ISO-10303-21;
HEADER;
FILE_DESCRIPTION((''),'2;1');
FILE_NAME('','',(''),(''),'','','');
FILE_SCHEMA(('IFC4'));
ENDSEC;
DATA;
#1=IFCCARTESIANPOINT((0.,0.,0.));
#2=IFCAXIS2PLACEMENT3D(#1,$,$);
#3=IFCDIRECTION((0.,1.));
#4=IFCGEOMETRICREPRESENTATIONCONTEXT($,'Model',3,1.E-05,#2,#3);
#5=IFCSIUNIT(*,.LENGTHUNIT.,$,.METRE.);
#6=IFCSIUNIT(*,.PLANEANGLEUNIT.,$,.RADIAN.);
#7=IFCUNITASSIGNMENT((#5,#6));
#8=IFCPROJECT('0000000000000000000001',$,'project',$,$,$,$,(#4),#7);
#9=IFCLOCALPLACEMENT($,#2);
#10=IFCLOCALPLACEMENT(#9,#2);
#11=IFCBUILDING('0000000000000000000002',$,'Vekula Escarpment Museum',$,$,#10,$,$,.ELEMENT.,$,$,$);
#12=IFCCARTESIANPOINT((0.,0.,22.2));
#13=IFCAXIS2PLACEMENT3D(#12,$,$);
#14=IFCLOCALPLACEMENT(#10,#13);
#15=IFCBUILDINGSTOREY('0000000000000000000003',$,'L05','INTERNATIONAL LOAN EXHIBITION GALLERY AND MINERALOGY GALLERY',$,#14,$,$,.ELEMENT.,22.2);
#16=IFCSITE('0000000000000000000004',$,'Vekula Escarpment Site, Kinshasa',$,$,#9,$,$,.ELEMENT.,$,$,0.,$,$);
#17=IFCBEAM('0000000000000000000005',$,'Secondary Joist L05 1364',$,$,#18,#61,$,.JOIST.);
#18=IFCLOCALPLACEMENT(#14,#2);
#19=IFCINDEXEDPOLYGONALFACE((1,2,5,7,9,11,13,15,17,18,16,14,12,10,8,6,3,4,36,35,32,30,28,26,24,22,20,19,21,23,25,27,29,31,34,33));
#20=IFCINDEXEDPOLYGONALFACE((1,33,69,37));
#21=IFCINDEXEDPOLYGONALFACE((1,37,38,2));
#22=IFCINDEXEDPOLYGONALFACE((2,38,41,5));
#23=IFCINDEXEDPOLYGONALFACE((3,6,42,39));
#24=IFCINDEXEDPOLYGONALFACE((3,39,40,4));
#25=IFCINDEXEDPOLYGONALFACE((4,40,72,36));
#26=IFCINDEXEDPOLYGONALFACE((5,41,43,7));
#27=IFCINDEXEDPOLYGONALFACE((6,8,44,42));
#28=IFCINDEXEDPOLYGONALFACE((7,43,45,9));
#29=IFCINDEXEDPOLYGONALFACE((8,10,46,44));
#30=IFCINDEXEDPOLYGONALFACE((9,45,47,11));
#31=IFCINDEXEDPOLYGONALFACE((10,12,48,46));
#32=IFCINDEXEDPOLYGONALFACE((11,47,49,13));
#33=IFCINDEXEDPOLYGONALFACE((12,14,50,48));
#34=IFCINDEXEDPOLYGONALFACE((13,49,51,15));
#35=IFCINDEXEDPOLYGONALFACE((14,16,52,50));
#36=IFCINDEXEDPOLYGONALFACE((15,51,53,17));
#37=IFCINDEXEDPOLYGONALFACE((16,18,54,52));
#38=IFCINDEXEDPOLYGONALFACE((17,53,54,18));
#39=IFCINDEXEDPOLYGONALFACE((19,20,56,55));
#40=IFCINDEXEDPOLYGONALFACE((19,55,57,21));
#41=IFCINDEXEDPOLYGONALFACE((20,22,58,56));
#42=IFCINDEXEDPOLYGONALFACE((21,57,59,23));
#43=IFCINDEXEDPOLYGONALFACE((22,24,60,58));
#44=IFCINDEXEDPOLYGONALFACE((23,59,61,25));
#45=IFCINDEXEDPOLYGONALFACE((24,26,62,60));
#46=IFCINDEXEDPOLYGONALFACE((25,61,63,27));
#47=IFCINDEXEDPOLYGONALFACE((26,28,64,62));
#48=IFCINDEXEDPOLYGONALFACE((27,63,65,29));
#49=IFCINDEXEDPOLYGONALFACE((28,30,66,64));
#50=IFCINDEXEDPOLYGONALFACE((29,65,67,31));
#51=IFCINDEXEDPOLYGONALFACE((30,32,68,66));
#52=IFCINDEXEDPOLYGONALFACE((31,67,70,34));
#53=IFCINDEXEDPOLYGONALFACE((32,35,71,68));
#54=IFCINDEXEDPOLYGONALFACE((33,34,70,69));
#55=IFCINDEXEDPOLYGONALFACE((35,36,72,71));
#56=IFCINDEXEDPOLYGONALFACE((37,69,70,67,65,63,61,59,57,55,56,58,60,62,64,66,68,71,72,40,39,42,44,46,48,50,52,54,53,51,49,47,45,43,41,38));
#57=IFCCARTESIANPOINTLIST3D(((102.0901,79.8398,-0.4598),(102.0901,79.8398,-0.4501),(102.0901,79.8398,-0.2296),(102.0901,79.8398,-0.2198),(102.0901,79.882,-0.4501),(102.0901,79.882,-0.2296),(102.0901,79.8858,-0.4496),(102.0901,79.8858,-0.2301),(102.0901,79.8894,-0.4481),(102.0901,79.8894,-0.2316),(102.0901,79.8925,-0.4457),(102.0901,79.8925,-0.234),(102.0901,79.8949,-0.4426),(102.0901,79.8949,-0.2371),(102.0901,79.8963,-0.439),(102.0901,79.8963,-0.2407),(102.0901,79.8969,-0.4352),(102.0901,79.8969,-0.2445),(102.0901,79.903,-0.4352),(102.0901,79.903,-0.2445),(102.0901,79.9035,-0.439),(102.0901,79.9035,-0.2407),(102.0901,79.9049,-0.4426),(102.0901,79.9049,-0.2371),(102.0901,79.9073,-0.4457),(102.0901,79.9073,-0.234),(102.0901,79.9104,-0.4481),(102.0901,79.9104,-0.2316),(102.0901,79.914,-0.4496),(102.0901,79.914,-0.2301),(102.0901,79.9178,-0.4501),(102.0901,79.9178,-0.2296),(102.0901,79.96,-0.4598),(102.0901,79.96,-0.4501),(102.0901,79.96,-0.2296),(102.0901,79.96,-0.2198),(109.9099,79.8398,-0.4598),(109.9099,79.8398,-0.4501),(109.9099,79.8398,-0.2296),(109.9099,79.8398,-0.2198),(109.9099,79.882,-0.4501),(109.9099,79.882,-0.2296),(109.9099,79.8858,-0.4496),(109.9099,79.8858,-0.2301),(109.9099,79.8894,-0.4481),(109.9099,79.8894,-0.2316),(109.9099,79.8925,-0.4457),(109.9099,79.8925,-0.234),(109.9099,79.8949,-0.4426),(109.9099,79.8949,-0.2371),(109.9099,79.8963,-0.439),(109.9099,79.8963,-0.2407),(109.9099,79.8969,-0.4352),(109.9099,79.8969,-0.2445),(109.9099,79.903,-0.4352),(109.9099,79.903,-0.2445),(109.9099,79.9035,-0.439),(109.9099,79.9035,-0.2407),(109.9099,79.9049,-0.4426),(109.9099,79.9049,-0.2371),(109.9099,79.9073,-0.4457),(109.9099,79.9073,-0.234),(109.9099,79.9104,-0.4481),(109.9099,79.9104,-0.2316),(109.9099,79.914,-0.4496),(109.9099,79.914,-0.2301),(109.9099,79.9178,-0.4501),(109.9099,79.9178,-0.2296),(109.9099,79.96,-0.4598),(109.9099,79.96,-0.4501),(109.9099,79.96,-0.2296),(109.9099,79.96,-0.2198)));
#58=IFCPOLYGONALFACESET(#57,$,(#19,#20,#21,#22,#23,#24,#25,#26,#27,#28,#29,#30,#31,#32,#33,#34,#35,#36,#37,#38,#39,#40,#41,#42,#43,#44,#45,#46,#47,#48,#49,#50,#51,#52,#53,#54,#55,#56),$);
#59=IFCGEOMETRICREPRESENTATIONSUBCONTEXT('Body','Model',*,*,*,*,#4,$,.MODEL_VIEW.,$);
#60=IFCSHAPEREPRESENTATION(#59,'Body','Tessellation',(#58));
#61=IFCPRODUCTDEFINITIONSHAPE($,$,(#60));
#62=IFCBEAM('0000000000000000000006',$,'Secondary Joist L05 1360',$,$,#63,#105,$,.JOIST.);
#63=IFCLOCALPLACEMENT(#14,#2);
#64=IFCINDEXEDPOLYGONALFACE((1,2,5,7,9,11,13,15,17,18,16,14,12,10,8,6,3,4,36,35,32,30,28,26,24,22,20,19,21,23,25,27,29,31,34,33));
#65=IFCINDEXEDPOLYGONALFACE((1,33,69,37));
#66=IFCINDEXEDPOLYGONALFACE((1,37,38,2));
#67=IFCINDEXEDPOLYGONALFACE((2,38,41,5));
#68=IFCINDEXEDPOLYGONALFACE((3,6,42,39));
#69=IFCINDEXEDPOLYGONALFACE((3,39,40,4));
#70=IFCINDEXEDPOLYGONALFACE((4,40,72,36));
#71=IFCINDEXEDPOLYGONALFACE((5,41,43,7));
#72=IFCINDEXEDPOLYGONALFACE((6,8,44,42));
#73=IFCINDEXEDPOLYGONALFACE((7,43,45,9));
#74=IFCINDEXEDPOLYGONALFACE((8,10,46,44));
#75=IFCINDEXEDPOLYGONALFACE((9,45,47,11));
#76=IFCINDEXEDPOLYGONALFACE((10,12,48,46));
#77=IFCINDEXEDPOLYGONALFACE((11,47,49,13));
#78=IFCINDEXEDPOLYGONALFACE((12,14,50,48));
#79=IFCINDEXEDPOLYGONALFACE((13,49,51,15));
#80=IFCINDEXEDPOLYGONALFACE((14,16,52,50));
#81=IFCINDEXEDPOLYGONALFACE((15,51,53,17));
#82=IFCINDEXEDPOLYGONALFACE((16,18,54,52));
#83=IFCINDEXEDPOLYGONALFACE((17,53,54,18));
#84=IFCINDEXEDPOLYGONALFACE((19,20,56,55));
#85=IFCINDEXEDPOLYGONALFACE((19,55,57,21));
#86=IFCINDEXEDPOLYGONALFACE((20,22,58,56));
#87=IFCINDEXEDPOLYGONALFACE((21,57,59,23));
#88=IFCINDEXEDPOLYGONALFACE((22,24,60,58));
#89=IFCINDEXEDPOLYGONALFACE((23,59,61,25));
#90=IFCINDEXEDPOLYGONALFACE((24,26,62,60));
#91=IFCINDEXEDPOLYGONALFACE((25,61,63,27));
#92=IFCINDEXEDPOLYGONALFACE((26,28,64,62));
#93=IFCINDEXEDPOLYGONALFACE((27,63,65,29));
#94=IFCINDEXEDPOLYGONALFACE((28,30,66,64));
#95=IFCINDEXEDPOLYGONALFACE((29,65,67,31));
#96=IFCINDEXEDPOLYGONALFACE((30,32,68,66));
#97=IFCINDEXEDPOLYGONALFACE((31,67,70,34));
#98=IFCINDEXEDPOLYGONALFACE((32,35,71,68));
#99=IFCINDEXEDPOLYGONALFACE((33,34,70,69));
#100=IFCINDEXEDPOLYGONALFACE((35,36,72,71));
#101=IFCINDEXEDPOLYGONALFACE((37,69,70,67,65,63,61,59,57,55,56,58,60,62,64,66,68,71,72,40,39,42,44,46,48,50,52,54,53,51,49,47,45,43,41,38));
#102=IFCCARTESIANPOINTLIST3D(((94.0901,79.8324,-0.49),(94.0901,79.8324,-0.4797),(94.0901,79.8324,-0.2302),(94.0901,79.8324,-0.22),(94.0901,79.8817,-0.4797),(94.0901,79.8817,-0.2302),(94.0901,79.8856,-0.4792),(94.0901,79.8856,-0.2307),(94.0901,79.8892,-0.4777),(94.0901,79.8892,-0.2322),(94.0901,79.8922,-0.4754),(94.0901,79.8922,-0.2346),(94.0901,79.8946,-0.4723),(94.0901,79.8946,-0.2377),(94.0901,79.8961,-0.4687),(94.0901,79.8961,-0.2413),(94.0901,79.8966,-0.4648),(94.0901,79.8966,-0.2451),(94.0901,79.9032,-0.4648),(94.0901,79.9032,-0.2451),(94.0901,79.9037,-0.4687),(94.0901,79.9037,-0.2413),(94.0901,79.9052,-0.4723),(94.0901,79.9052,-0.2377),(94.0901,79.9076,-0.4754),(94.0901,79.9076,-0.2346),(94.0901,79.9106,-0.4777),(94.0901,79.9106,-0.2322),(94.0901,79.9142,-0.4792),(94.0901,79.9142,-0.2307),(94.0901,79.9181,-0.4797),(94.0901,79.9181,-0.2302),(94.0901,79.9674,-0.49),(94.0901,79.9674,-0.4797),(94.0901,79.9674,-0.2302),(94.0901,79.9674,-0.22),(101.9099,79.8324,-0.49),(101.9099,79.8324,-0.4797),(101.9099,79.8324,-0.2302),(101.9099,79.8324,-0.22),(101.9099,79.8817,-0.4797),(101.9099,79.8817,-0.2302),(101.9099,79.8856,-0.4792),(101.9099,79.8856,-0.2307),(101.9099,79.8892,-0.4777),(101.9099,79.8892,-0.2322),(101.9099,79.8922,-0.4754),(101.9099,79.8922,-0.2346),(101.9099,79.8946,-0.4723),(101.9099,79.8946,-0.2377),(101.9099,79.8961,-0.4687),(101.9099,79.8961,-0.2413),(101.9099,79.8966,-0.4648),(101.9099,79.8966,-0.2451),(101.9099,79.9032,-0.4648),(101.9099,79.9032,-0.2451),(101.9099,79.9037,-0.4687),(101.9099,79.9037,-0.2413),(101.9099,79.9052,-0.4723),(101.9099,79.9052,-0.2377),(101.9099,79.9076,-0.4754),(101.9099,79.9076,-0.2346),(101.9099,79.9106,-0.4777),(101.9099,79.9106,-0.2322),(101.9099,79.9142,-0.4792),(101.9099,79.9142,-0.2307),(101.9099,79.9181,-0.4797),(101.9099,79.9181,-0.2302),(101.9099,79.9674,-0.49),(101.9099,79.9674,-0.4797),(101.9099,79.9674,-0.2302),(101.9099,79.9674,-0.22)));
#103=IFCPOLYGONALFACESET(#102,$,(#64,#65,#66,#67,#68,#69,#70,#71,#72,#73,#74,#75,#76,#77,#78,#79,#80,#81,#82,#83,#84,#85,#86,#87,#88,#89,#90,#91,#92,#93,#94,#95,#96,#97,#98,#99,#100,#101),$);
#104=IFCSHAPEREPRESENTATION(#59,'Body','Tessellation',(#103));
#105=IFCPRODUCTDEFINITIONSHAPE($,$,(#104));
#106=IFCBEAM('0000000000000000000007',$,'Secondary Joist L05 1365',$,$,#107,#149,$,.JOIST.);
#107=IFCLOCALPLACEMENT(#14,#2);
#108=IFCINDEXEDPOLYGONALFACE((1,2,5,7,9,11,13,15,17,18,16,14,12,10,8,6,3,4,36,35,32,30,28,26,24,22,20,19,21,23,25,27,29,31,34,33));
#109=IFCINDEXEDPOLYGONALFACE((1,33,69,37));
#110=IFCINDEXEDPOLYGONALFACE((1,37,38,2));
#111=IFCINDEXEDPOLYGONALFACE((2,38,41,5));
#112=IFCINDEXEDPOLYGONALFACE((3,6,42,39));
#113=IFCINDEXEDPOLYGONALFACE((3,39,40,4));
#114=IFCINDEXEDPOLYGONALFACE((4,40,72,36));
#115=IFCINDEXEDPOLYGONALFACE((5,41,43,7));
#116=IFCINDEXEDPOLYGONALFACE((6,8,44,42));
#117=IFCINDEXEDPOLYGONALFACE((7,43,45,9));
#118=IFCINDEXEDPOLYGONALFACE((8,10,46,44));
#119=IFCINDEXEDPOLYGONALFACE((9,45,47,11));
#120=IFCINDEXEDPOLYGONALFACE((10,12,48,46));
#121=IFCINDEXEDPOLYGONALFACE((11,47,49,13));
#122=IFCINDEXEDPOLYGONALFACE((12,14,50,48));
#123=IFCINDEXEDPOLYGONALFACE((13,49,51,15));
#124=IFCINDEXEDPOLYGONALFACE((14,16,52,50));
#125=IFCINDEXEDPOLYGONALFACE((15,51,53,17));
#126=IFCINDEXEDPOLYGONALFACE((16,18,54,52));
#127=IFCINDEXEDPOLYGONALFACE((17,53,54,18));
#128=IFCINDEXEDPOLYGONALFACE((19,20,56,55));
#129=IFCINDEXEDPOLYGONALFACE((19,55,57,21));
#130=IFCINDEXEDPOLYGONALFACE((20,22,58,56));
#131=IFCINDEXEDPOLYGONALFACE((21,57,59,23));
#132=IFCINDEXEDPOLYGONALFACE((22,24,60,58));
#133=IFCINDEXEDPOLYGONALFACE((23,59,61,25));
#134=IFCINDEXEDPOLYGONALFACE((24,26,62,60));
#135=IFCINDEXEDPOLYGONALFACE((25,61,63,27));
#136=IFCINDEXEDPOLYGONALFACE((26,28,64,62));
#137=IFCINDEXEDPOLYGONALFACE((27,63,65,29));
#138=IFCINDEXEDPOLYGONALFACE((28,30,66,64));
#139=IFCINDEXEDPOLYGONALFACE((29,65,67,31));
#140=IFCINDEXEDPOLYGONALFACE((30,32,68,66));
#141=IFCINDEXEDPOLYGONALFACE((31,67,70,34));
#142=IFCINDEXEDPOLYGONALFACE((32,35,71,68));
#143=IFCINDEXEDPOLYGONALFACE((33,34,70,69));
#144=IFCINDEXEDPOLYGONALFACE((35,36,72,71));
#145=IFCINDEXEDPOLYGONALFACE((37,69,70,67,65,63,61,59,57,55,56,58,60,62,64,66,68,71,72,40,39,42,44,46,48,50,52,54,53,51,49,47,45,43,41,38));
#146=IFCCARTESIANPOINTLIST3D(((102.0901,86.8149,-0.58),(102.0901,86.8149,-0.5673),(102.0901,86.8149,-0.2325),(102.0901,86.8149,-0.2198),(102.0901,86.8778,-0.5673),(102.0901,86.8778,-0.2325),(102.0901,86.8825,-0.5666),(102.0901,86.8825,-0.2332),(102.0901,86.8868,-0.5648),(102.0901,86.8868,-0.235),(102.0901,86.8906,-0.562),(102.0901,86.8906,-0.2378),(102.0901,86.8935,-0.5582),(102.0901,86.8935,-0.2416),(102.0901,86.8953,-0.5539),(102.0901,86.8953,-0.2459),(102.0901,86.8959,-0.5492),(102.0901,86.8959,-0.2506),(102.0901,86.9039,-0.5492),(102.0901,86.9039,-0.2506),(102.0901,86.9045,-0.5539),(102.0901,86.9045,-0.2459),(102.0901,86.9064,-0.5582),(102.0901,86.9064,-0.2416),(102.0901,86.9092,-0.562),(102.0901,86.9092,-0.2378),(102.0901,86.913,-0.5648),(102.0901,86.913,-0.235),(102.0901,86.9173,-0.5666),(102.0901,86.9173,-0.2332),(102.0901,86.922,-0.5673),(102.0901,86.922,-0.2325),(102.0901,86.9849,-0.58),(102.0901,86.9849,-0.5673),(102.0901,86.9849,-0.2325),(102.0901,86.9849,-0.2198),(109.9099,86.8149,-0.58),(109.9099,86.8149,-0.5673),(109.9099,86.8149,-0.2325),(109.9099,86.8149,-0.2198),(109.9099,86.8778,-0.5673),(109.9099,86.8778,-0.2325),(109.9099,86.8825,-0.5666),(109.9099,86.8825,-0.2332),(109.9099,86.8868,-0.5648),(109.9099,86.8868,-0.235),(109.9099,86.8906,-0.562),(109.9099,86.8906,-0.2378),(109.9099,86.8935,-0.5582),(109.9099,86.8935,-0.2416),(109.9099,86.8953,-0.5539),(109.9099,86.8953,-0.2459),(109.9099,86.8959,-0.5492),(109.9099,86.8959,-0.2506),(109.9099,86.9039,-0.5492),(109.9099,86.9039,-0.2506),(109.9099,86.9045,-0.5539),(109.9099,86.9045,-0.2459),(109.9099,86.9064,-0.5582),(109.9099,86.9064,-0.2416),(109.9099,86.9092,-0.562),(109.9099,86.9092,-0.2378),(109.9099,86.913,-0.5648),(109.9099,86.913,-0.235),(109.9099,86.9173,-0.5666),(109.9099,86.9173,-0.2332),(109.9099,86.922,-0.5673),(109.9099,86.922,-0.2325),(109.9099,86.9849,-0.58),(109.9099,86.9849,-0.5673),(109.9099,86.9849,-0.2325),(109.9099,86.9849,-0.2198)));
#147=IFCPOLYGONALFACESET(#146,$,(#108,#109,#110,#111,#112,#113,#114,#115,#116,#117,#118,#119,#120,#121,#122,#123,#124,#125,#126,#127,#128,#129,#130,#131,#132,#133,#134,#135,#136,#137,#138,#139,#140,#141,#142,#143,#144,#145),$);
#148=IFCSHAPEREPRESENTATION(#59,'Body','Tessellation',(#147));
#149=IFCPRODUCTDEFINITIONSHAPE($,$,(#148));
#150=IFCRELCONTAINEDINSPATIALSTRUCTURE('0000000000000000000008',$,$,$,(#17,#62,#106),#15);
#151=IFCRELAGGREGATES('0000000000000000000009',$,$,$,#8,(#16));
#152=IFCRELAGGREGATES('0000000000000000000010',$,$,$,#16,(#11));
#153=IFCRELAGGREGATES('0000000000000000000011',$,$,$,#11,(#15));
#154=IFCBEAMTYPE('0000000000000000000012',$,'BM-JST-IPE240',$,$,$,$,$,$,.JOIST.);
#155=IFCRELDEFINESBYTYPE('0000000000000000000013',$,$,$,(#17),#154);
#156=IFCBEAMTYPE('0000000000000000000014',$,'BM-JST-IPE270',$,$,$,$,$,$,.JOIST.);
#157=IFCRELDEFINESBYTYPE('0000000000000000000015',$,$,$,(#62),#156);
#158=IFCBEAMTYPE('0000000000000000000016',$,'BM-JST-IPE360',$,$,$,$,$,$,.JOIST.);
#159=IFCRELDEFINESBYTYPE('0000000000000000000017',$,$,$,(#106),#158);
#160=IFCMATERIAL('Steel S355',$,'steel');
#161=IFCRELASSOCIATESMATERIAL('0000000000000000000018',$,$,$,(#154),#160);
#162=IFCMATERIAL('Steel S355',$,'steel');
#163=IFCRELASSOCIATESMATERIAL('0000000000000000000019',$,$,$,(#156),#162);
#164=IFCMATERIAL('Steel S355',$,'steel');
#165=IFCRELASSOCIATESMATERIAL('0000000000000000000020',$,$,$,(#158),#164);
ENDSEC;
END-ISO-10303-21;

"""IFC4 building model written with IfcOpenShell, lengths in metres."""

from ifc_helpers import new_model, si_unit, direction, frame, origin, origin_2d, place, context, subcontext, project, spatial, i_section, extrude, material, material_profile, profile_set, type_object, element, save


model = new_model("IFC4")

# Units and contexts
model_context = context("Model", 3, precision=1e-05, world=origin(), true_north=direction((0.0, 1.0)))
body_context = subcontext(model_context, "Body", "Model", "MODEL_VIEW")
ifc_project = project(units=[si_unit("LENGTHUNIT", "METRE"), si_unit("PLANEANGLEUNIT", "RADIAN")], contexts=[model_context])

# Site, building, storey
site_placement = place(None, origin())
site = spatial("IfcSite", under=ifc_project, at=site_placement, Name="Vekula Escarpment Site, Kinshasa", CompositionType="ELEMENT", RefElevation=0.0)
building_placement = place(site_placement, origin())
building = spatial("IfcBuilding", under=site, at=building_placement, Name="Vekula Escarpment Museum", CompositionType="ELEMENT")
storey_placement = place(building_placement, frame((0.0, 0.0, 22.2)))
storey = spatial("IfcBuildingStorey", under=building, at=storey_placement, Name="L05", Description="INTERNATIONAL LOAN EXHIBITION GALLERY AND MINERALOGY GALLERY", CompositionType="ELEMENT", Elevation=22.2)

# Beams
ifc_material_1 = material(Name="Steel S355", Category="steel")
ifc_material_profile_1 = material_profile(ifc_material_1, i_section(OverallWidth=0.1201, OverallDepth=0.24, WebThickness=0.0061, FlangeThickness=0.0098, FilletRadius=0.0149, at=origin_2d()), Name="IPE 240")
ifc_profile_set_1 = profile_set([ifc_material_profile_1], Name="Steel S355")
beam_type_1 = type_object("IfcBeamType", Name="BM-JST-IPE240", PredefinedType="JOIST", material=ifc_profile_set_1)
for number, where, z_axis, x_axis, name in (
    (1, (102.0901, 79.8999, -0.3398), (1.0, 0.0, 0.0), (0.0, 1.0, 0.0), "Secondary Joist L05 1364"),
):
    element("IfcBeam", number, at=place(storey_placement, frame(where, z_axis=z_axis, x_axis=x_axis)), inside=storey, type_object=beam_type_1, Name=name, PredefinedType="JOIST", context=body_context, shape_type="SweptSolid", body=[
        extrude(i_section(OverallWidth=0.1201, OverallDepth=0.24, WebThickness=0.0061, FlangeThickness=0.0098, FilletRadius=0.0149, at=origin_2d()), origin(), (0.0, 0.0, 1.0), 7.8198),
    ])
ifc_material_2 = material(Name="Steel S355", Category="steel")
ifc_material_profile_2 = material_profile(ifc_material_2, i_section(OverallWidth=0.135, OverallDepth=0.27, WebThickness=0.0066, FlangeThickness=0.0103, FilletRadius=0.0149, at=origin_2d()), Name="IPE 270")
ifc_profile_set_2 = profile_set([ifc_material_profile_2], Name="Steel S355")
beam_type_2 = type_object("IfcBeamType", Name="BM-JST-IPE270", PredefinedType="JOIST", material=ifc_profile_set_2)
beam_1_placement = place(storey_placement, frame((94.0901, 79.8999, -0.355), z_axis=(1.0, 0.0, 0.0), x_axis=(0.0, 1.0, 0.0)))
element("IfcBeam", 2, at=beam_1_placement, inside=storey, type_object=beam_type_2, Name="Secondary Joist L05 1360", PredefinedType="JOIST", context=body_context, shape_type="SweptSolid", body=[
    extrude(i_section(OverallWidth=0.135, OverallDepth=0.27, WebThickness=0.0066, FlangeThickness=0.0103, FilletRadius=0.0149, at=origin_2d()), origin(), (0.0, 0.0, 1.0), 7.8198),
])
ifc_material_3 = material(Name="Steel S355", Category="steel")
ifc_material_profile_3 = material_profile(ifc_material_3, i_section(OverallWidth=0.1699, OverallDepth=0.3601, WebThickness=0.0081, FlangeThickness=0.0127, FilletRadius=0.0181, at=origin_2d()), Name="IPE 360")
ifc_profile_set_3 = profile_set([ifc_material_profile_3], Name="Steel S355")
beam_type_3 = type_object("IfcBeamType", Name="BM-JST-IPE360", PredefinedType="JOIST", material=ifc_profile_set_3)
beam_2_placement = place(storey_placement, frame((102.0901, 86.8999, -0.3999), z_axis=(1.0, 0.0, 0.0), x_axis=(0.0, 1.0, 0.0)))
element("IfcBeam", 3, at=beam_2_placement, inside=storey, type_object=beam_type_3, Name="Secondary Joist L05 1365", PredefinedType="JOIST", context=body_context, shape_type="SweptSolid", body=[
    extrude(i_section(OverallWidth=0.1699, OverallDepth=0.3601, WebThickness=0.0081, FlangeThickness=0.0127, FilletRadius=0.0181, at=origin_2d()), origin(), (0.0, 0.0, 1.0), 7.8198),
])

save(model, "model.ifc")
